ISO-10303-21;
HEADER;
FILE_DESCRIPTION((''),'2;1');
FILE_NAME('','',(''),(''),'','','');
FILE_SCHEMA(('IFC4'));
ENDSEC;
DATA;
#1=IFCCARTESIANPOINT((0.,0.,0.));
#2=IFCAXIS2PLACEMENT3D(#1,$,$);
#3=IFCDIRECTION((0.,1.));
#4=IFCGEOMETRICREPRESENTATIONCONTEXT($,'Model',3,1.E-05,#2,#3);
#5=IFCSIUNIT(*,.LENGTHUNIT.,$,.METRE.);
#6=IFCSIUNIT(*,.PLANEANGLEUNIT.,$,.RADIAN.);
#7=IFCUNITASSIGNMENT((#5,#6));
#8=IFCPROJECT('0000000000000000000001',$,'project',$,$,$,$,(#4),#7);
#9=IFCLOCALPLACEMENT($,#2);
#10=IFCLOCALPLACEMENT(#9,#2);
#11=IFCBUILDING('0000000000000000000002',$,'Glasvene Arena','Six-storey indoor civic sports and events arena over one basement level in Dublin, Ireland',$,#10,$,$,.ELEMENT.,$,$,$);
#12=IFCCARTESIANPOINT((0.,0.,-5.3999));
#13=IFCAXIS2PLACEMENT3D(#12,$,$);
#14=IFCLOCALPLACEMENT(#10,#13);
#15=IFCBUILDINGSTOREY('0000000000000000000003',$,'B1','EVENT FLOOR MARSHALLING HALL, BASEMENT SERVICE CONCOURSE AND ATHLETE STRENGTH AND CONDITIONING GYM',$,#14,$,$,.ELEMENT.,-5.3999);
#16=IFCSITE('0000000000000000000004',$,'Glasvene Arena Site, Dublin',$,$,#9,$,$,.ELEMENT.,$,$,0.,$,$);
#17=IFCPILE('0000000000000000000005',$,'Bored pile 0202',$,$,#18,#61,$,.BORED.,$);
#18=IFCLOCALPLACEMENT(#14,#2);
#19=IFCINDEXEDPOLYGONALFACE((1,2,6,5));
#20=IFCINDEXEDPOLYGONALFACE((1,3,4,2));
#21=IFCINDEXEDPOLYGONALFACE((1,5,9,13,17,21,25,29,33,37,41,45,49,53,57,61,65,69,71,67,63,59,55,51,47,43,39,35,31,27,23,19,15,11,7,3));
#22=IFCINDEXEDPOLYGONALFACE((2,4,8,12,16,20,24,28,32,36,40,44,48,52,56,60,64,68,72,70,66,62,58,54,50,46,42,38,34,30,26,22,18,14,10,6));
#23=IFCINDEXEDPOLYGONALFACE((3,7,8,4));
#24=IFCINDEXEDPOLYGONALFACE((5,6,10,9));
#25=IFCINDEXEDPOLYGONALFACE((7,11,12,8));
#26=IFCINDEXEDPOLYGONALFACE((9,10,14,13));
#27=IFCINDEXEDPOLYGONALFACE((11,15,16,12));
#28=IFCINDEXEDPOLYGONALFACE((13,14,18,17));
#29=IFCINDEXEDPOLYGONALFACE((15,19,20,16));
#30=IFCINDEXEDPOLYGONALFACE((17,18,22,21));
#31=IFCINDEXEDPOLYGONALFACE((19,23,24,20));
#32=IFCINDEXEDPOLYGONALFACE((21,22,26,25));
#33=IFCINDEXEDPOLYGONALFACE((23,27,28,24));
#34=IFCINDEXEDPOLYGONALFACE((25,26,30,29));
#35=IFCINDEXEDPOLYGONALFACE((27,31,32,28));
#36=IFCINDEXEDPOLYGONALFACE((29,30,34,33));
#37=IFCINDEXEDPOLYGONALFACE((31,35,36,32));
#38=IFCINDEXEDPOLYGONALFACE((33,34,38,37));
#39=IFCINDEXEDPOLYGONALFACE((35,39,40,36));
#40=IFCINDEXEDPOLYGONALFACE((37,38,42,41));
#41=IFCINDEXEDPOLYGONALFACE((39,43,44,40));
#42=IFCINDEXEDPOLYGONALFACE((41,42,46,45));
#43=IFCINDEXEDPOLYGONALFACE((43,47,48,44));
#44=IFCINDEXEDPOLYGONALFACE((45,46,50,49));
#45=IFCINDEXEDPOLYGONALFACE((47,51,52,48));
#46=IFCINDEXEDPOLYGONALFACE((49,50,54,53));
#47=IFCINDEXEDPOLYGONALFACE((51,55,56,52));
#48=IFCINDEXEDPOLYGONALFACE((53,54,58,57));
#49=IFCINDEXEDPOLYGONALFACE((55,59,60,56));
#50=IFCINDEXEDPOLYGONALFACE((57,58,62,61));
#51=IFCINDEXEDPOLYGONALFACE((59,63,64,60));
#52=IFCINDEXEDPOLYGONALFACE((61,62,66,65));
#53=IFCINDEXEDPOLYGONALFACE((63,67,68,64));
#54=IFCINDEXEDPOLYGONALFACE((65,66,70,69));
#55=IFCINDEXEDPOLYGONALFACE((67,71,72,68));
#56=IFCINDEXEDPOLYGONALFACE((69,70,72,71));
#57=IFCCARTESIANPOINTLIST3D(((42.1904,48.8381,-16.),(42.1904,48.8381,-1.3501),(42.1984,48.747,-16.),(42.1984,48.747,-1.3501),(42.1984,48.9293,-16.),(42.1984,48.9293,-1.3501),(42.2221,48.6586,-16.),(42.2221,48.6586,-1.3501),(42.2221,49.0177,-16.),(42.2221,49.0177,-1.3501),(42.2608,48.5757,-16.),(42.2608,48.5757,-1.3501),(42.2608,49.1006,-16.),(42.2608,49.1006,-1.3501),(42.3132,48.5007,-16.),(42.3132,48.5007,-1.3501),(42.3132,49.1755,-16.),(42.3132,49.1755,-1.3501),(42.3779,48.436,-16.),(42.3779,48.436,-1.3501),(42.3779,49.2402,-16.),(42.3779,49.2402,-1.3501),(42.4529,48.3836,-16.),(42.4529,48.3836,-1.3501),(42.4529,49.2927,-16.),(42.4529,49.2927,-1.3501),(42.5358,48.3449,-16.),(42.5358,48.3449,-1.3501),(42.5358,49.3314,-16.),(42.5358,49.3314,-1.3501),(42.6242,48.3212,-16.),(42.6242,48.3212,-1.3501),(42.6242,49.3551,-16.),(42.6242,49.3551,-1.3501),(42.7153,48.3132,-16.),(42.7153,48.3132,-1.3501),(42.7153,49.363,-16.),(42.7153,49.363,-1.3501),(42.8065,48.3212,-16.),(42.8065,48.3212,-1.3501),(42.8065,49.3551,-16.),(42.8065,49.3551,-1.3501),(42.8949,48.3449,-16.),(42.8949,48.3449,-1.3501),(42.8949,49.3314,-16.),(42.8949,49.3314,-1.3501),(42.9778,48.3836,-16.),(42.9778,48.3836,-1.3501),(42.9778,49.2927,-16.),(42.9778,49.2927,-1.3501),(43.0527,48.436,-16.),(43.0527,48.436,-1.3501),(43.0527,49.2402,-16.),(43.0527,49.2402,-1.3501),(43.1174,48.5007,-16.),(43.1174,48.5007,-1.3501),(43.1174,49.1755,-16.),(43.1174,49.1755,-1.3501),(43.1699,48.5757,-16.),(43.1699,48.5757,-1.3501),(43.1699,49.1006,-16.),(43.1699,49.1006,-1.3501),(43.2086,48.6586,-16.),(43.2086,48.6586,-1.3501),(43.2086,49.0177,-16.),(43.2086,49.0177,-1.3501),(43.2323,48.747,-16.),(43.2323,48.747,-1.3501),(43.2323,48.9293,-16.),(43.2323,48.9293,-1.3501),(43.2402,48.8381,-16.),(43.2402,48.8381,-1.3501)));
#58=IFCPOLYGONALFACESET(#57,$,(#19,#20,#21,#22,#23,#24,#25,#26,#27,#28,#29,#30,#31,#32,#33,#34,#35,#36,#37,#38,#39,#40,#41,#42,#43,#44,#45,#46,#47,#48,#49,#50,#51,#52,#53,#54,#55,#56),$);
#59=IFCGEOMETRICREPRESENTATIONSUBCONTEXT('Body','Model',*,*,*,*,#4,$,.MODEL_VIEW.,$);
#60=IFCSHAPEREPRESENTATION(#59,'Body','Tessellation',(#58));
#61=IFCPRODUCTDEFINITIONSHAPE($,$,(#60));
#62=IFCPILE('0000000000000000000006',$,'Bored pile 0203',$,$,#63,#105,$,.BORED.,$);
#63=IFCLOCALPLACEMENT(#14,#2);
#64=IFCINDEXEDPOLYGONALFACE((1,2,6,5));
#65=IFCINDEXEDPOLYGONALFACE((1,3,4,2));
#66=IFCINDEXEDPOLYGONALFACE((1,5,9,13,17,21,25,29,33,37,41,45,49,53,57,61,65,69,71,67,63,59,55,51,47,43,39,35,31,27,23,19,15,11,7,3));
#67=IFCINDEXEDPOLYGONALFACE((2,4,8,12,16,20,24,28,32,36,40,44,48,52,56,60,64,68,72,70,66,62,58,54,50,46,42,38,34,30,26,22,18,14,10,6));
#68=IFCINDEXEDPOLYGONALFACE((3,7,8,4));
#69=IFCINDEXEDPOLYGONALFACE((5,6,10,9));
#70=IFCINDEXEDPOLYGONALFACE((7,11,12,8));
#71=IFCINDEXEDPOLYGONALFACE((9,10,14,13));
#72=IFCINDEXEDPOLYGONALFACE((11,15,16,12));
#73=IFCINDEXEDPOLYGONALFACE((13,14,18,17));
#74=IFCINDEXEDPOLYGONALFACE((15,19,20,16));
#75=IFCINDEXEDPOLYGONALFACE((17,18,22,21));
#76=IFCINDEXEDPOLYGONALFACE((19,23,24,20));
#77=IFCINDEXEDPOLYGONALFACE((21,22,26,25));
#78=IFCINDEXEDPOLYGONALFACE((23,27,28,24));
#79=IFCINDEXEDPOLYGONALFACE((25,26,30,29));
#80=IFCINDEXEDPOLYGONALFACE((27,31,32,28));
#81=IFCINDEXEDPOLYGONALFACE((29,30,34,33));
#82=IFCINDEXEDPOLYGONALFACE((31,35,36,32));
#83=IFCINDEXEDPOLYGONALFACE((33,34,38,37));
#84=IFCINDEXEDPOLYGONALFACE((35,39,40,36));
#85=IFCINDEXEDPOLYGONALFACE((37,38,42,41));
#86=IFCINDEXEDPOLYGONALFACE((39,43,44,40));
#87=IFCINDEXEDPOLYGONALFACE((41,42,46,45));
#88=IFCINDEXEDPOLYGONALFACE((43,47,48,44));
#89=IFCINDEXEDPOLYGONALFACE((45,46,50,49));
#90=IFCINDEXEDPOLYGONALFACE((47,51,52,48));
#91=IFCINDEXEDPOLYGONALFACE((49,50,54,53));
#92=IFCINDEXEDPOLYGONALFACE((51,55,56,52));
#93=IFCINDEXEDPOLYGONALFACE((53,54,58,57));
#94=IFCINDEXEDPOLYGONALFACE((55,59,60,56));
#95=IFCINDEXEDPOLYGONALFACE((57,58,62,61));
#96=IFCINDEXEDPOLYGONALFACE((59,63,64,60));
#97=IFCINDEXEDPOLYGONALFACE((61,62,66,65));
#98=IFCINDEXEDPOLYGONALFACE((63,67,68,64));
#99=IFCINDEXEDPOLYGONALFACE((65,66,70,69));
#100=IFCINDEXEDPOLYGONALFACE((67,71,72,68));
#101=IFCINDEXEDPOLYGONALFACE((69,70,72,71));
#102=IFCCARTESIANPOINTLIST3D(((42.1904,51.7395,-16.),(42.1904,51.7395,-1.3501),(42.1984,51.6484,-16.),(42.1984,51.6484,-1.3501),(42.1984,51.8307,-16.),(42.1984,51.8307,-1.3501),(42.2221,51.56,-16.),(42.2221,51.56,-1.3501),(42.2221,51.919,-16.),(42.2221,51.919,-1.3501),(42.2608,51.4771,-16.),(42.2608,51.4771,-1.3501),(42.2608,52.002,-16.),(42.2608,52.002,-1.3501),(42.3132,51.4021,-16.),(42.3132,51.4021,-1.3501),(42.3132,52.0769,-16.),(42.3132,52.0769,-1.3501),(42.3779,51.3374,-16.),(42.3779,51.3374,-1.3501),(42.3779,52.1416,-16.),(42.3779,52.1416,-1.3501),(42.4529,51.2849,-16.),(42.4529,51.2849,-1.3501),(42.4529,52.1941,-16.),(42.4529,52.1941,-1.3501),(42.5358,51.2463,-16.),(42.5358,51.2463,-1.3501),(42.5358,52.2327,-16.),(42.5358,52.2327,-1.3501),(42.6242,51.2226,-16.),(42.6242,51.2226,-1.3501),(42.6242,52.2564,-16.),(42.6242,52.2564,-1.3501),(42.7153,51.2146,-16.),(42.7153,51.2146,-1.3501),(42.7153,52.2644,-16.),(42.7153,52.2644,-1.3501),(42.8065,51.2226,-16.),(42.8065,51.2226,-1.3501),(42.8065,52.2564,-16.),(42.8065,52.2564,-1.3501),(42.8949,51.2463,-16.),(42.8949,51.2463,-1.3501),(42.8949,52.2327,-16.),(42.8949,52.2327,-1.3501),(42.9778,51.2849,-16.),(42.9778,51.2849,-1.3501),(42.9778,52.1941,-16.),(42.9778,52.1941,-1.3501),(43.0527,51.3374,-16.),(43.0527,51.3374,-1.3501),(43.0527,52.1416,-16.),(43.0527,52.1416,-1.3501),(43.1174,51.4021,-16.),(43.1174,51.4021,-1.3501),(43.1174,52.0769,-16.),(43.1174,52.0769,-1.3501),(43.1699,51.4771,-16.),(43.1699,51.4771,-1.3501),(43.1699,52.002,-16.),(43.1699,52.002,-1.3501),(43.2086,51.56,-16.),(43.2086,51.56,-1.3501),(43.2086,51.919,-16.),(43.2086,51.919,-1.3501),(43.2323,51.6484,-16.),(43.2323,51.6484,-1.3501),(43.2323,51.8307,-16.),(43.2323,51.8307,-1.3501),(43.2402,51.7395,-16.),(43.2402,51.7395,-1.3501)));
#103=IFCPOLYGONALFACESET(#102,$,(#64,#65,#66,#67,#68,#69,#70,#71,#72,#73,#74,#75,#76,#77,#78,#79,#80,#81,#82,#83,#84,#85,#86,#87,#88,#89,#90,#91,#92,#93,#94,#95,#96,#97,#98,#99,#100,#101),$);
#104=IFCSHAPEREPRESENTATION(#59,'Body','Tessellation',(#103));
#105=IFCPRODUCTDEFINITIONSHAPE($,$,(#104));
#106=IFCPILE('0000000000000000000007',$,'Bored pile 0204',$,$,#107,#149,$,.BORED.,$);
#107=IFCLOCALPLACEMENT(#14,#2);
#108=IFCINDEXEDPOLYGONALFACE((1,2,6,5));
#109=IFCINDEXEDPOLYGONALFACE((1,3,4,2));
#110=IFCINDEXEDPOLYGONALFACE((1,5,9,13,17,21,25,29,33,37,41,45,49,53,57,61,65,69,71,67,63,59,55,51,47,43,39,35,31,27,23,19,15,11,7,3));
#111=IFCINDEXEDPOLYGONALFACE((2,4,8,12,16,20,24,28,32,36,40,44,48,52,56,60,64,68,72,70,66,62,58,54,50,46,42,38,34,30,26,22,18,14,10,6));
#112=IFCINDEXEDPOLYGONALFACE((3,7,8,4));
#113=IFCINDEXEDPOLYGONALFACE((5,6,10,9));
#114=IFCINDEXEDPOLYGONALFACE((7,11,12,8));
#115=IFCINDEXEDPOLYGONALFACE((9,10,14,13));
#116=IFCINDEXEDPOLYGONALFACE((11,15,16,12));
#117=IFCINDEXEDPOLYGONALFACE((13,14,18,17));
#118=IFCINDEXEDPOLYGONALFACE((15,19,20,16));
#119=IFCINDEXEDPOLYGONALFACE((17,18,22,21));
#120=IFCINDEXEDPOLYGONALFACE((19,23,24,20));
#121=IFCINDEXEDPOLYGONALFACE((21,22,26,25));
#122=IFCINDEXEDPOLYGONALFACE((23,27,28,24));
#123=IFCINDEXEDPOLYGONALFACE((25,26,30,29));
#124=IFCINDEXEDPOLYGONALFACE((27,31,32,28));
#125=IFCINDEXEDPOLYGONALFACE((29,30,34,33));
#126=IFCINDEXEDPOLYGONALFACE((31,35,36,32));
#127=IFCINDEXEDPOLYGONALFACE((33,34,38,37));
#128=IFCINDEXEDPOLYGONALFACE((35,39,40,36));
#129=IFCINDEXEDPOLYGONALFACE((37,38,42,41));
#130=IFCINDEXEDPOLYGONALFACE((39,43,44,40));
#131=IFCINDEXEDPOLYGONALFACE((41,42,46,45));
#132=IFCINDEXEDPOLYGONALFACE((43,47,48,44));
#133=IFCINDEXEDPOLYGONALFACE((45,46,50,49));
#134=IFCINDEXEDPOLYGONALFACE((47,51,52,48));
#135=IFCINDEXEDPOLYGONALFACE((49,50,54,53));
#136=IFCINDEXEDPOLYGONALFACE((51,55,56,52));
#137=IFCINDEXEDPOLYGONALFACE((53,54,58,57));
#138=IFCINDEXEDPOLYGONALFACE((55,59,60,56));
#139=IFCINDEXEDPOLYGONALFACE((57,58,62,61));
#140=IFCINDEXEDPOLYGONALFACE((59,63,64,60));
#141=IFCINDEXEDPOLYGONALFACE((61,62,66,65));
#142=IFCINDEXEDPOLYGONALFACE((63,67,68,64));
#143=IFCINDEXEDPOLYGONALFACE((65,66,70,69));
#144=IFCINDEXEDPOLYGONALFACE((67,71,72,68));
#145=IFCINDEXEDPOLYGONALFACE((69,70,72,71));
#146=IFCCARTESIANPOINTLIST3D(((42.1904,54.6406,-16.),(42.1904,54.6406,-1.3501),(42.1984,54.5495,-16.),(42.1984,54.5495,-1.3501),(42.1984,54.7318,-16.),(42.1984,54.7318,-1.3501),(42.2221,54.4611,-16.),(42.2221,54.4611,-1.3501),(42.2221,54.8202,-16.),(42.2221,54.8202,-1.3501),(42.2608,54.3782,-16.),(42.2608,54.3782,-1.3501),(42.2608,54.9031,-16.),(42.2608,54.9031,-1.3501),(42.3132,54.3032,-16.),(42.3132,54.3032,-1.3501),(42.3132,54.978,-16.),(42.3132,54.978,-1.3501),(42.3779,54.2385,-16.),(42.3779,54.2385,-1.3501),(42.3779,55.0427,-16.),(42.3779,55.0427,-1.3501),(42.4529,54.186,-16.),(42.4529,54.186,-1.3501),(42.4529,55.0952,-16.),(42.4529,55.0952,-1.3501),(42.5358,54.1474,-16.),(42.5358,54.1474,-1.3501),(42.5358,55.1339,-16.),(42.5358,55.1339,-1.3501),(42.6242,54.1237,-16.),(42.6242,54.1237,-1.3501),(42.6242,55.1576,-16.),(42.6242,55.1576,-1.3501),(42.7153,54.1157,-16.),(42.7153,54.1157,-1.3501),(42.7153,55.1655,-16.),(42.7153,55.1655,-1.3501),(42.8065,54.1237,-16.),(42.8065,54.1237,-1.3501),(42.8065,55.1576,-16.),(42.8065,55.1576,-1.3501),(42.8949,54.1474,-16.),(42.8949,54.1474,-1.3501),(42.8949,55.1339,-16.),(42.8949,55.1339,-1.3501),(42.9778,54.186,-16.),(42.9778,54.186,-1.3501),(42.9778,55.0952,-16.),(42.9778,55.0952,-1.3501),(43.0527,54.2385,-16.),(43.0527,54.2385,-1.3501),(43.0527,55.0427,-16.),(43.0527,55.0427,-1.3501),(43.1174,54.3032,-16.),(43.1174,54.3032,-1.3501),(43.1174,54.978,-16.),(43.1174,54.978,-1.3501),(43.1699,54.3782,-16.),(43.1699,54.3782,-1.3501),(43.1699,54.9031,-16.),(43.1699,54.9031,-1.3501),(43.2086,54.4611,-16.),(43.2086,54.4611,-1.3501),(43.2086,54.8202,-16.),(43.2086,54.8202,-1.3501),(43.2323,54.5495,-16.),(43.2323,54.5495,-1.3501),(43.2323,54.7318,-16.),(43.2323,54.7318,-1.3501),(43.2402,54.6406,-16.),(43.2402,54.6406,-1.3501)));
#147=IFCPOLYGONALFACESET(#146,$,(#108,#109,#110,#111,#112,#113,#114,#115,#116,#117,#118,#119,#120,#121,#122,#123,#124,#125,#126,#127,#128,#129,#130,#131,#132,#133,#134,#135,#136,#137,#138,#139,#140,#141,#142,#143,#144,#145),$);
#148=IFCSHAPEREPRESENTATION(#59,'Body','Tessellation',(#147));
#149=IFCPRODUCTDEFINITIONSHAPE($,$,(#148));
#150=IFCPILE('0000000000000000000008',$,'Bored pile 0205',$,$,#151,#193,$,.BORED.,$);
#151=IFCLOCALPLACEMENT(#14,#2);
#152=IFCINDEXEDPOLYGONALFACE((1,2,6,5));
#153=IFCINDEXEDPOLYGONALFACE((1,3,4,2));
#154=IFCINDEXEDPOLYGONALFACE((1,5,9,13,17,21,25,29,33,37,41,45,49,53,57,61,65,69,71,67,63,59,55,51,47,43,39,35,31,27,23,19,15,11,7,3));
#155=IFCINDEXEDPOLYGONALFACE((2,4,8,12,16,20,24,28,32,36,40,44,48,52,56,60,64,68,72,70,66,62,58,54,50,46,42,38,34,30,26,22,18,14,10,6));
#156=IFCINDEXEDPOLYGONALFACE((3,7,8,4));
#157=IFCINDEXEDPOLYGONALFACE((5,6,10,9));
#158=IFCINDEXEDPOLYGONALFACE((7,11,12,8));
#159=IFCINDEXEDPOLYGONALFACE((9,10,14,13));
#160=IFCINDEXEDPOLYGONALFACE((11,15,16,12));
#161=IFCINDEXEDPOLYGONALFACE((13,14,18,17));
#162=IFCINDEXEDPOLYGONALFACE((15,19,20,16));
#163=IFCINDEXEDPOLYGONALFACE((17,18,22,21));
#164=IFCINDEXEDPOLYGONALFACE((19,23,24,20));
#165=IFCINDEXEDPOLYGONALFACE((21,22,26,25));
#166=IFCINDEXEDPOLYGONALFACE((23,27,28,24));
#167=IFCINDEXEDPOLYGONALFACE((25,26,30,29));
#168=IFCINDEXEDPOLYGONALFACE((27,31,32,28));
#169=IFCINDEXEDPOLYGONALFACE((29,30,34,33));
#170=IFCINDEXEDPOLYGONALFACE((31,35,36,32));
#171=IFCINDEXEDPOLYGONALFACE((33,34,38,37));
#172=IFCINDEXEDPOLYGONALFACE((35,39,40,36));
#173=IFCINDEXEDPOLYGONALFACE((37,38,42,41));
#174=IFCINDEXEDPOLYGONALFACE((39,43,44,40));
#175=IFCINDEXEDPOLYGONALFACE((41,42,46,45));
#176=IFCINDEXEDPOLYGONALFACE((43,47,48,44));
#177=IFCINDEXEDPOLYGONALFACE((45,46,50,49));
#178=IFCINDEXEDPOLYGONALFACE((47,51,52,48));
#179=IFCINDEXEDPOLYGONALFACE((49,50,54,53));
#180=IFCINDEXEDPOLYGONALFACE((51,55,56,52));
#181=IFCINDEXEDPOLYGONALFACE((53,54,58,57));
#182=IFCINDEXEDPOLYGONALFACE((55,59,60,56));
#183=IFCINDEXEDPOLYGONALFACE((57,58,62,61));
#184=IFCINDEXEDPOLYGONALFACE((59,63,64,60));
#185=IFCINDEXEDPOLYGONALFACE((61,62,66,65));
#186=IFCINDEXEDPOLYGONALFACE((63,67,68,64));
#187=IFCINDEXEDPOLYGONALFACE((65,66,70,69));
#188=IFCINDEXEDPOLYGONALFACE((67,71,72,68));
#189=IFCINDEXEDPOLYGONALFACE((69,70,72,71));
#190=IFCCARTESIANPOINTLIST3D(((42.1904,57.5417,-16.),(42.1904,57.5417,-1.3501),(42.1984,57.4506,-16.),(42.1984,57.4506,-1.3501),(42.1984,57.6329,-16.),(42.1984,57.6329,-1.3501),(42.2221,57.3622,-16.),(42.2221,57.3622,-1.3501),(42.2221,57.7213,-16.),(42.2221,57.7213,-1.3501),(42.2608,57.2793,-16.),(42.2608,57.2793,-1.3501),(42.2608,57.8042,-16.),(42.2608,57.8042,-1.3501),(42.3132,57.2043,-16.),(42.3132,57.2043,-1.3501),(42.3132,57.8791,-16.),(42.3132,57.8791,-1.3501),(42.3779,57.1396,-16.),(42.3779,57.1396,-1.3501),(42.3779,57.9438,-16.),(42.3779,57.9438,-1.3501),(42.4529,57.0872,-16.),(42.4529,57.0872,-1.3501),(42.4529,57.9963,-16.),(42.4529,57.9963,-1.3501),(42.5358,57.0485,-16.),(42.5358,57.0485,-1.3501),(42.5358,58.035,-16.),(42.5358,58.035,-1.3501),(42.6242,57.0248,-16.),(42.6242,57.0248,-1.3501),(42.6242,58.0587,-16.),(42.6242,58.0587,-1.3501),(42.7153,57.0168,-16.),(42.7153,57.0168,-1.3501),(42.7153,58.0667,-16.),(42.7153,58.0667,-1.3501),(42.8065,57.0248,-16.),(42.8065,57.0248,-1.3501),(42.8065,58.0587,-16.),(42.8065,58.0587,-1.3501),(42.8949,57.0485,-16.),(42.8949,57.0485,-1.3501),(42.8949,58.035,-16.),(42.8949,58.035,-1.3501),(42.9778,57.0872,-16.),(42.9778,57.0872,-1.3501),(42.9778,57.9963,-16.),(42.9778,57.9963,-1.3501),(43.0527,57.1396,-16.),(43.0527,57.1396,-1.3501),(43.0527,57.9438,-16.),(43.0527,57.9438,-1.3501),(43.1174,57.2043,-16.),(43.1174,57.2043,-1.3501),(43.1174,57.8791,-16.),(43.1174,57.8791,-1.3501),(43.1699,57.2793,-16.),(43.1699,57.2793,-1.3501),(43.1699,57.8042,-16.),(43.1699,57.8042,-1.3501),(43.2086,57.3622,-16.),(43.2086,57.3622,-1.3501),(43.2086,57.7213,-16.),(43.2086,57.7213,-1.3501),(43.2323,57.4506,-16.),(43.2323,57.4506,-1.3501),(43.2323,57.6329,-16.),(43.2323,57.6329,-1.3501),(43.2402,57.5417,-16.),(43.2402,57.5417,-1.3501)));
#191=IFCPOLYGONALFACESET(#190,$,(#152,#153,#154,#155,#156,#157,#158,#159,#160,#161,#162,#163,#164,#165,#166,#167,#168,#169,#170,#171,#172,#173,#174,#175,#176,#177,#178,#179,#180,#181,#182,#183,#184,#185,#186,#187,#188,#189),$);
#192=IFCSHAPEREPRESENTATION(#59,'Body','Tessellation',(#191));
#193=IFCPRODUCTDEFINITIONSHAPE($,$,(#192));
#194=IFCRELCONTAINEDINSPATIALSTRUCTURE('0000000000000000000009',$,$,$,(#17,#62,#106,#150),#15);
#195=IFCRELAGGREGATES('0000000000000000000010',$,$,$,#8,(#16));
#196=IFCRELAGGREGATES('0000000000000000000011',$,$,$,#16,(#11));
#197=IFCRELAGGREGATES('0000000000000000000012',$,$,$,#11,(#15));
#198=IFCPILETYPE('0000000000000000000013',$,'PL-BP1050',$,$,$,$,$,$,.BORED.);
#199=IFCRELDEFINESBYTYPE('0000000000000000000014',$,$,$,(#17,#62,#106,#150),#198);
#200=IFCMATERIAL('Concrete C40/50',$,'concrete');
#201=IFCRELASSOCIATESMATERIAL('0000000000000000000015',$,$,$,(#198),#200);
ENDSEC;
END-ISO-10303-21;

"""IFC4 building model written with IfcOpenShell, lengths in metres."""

from ifc_helpers import new_model, si_unit, direction, frame, origin, origin_2d, place, context, subcontext, project, spatial, circle, extrude, material, material_profile, profile_set, type_object, element, save


model = new_model("IFC4")

# Units and contexts
model_context = context("Model", 3, precision=1e-05, world=origin(), true_north=direction((0.0, 1.0)))
body_context = subcontext(model_context, "Body", "Model", "MODEL_VIEW")
ifc_project = project(units=[si_unit("LENGTHUNIT", "METRE"), si_unit("PLANEANGLEUNIT", "RADIAN")], contexts=[model_context])

# Site, building, storey
site_placement = place(None, origin())
site = spatial("IfcSite", under=ifc_project, at=site_placement, Name="Glasvene Arena Site, Dublin", CompositionType="ELEMENT", RefElevation=0.0)
building_placement = place(site_placement, origin())
building = spatial("IfcBuilding", under=site, at=building_placement, Name="Glasvene Arena", Description="Six-storey indoor civic sports and events arena over one basement level in Dublin, Ireland", CompositionType="ELEMENT")
storey_placement = place(building_placement, frame((0.0, 0.0, -5.3999)))
storey = spatial("IfcBuildingStorey", under=building, at=storey_placement, Name="B1", Description="EVENT FLOOR MARSHALLING HALL, BASEMENT SERVICE CONCOURSE AND ATHLETE STRENGTH AND CONDITIONING GYM", CompositionType="ELEMENT", Elevation=-5.3999)

# Piles
ifc_material_1 = material(Name="Concrete C40/50", Category="concrete")
ifc_material_profile_1 = material_profile(ifc_material_1, circle(Radius=0.5249, at=origin_2d()), Name="BORED PILE 1050")
ifc_profile_set_1 = profile_set([ifc_material_profile_1], Name="Concrete C40/50")
pile_type = type_object("IfcPileType", Name="PL-BP1050", PredefinedType="BORED", material=ifc_profile_set_1)
for number, where, z_axis, x_axis, name in (
    (1, (42.7153, 48.8381, -1.3501), (0.0, 0.0, -1.0), (1.0, 0.0, 0.0), "Bored pile 0202"),
    (2, (42.7153, 51.7395, -1.3501), (0.0, 0.0, -1.0), (1.0, 0.0, 0.0), "Bored pile 0203"),
    (3, (42.7153, 54.6406, -1.3501), (0.0, 0.0, -1.0), (1.0, 0.0, 0.0), "Bored pile 0204"),
    (4, (42.7153, 57.5417, -1.3501), (0.0, 0.0, -1.0), (1.0, 0.0, 0.0), "Bored pile 0205"),
):
    element("IfcPile", number, at=place(storey_placement, frame(where, z_axis=z_axis, x_axis=x_axis)), inside=storey, type_object=pile_type, Name=name, PredefinedType="BORED", context=body_context, shape_type="SweptSolid", body=[
        extrude(circle(Radius=0.5249, at=origin_2d()), origin(), (0.0, 0.0, 1.0), 14.6499),
    ])

save(model, "model.ifc")
